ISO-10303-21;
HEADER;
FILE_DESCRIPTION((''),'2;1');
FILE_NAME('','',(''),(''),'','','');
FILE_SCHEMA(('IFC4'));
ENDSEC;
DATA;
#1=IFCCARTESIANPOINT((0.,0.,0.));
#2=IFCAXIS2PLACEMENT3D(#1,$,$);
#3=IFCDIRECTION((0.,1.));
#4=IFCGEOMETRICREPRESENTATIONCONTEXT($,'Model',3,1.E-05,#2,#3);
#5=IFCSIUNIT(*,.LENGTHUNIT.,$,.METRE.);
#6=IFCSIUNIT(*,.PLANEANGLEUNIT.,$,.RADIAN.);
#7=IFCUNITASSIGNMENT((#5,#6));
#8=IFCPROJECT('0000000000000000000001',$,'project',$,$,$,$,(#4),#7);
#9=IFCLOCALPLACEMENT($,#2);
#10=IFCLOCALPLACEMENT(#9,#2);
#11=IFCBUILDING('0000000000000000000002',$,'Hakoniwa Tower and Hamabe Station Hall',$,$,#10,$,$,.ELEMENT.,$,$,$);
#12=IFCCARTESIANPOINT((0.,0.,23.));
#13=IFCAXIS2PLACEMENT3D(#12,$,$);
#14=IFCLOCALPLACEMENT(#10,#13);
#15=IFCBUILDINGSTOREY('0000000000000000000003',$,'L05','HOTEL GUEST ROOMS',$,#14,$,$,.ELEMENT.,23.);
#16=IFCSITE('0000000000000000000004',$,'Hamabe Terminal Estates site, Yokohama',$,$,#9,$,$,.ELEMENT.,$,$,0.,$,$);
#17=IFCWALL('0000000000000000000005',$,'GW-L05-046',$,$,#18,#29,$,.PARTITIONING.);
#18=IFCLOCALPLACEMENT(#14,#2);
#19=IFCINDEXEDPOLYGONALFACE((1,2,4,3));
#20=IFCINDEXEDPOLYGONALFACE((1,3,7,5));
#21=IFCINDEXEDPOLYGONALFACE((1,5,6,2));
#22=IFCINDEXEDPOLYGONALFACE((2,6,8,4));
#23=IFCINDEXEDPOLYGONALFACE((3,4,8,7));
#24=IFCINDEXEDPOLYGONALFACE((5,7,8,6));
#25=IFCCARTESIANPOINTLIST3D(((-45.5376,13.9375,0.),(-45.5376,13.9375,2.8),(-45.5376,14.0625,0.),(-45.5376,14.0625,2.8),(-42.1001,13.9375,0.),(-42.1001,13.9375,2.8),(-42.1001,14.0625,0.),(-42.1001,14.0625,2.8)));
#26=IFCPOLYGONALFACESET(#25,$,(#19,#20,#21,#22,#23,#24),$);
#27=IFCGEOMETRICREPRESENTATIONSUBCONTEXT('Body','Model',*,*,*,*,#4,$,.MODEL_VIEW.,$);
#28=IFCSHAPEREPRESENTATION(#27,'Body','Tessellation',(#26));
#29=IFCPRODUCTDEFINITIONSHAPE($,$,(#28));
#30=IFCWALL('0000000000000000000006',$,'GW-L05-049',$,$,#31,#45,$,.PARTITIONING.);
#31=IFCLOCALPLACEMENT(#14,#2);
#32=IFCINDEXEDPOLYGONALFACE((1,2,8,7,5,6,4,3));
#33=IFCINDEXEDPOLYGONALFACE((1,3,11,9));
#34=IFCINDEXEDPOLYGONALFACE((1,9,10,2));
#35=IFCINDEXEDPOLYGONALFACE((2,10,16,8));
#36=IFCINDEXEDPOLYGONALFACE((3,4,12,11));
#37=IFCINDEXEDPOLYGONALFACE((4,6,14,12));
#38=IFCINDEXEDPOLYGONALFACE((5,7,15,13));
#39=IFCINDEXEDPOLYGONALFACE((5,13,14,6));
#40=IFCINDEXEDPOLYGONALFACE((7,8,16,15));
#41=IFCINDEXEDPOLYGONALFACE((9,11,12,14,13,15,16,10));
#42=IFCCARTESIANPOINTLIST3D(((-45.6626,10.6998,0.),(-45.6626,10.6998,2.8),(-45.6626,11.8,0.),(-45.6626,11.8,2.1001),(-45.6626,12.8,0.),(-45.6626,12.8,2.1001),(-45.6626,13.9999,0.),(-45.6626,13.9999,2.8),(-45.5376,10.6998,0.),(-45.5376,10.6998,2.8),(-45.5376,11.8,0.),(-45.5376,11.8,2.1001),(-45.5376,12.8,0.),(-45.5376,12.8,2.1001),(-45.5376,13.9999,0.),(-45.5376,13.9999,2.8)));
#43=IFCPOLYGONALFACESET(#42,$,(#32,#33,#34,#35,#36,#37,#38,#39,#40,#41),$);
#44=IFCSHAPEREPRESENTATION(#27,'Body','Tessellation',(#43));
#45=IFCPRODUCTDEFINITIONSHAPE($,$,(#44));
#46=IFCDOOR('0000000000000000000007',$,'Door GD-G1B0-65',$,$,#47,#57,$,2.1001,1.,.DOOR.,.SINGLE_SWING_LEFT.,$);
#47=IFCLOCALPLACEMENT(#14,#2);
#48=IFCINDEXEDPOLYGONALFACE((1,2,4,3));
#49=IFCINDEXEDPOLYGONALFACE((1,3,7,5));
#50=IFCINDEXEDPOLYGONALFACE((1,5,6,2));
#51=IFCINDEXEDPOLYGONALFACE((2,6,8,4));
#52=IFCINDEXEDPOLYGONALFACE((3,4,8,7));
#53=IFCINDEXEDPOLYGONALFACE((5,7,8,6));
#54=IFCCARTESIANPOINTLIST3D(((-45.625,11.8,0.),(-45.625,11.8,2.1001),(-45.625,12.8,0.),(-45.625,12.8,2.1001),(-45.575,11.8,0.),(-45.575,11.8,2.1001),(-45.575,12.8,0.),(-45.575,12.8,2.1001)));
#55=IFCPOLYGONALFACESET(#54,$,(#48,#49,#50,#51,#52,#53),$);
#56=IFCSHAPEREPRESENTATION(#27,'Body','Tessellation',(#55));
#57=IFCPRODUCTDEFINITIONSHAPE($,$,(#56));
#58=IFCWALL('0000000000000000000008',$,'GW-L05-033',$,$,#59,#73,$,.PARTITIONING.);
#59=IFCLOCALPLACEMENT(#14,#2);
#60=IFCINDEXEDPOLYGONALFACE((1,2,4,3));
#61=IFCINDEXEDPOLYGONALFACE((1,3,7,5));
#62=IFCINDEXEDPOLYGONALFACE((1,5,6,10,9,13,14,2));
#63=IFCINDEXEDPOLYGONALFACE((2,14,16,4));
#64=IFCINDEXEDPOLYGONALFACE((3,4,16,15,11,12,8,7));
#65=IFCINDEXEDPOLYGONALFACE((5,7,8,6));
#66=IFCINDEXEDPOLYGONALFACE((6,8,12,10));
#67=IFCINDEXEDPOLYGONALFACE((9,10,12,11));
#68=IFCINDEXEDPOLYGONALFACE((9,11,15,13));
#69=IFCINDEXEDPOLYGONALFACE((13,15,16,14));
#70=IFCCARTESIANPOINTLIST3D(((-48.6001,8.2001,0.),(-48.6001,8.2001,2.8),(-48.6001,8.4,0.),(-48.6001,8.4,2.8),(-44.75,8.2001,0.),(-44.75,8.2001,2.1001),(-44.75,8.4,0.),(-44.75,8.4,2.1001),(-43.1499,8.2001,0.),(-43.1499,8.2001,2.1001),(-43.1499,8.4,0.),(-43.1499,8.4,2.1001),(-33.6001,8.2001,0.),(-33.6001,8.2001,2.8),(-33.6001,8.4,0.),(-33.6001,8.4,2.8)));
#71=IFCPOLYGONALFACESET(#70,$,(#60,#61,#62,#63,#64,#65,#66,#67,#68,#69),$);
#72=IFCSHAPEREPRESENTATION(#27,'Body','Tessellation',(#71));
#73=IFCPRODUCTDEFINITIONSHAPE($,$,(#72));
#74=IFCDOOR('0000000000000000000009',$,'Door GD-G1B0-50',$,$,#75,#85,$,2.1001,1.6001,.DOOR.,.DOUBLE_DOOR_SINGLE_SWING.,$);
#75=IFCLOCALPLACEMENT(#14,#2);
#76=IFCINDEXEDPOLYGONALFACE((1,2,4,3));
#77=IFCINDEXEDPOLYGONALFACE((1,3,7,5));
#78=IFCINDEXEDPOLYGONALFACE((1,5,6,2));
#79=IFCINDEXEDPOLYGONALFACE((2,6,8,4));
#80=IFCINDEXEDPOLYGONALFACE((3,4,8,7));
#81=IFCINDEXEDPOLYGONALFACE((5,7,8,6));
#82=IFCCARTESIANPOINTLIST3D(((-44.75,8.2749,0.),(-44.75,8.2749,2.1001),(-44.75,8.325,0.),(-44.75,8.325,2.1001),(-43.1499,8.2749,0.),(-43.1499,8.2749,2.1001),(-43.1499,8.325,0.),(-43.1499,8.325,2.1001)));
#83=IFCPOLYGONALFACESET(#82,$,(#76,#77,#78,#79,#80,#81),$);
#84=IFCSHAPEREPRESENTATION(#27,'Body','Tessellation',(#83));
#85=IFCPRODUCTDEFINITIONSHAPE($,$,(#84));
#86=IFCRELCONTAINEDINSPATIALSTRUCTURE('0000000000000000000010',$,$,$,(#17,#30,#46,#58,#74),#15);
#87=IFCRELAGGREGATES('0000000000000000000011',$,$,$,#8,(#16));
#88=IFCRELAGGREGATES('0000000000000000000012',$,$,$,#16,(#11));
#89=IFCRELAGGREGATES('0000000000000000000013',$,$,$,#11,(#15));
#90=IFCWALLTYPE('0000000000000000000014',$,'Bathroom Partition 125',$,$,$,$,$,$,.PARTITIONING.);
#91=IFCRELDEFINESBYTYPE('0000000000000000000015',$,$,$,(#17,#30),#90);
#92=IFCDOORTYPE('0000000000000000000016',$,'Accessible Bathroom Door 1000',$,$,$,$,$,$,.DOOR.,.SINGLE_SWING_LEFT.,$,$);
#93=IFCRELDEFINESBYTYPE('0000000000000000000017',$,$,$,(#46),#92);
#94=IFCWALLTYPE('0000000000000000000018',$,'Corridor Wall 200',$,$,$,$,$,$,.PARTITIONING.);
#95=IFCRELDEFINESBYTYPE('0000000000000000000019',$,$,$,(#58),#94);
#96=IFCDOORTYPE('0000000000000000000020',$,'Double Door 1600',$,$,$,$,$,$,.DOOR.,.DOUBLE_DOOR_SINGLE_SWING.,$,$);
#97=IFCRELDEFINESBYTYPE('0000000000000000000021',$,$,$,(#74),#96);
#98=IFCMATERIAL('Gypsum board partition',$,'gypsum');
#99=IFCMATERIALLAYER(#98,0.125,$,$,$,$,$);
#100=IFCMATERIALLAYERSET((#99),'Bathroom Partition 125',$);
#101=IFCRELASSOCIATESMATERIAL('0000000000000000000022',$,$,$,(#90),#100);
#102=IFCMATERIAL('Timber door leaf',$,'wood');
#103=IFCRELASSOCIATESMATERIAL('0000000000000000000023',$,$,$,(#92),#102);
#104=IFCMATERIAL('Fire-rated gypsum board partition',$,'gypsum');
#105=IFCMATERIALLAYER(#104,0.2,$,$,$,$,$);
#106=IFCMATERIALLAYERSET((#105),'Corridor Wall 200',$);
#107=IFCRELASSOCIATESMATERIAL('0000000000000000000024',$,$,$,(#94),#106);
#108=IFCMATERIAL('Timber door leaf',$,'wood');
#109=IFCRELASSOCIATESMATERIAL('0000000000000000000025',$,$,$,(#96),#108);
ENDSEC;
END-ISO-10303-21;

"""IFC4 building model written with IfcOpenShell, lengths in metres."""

from ifc_helpers import new_model, si_unit, direction, frame, frame_2d, origin, place, context, subcontext, project, spatial, rectangle, extrude, material, layer, layer_set, type_object, element, fill, save


model = new_model("IFC4")

# Units and contexts
model_context = context("Model", 3, precision=1e-05, world=origin(), true_north=direction((0.0, 1.0)))
body_context = subcontext(model_context, "Body", "Model", "MODEL_VIEW")
ifc_project = project(units=[si_unit("LENGTHUNIT", "METRE"), si_unit("PLANEANGLEUNIT", "RADIAN")], contexts=[model_context])

# Site, building, storey
site_placement = place(None, origin())
site = spatial("IfcSite", under=ifc_project, at=site_placement, Name="Hamabe Terminal Estates site, Yokohama", CompositionType="ELEMENT", RefElevation=0.0)
building_placement = place(site_placement, origin())
building = spatial("IfcBuilding", under=site, at=building_placement, Name="Hakoniwa Tower and Hamabe Station Hall", CompositionType="ELEMENT")
storey_placement = place(building_placement, frame((0.0, 0.0, 23.0)))
storey = spatial("IfcBuildingStorey", under=building, at=storey_placement, Name="L05", Description="HOTEL GUEST ROOMS", CompositionType="ELEMENT", Elevation=23.0)

# Wall
ifc_material_1 = material(Name="Gypsum board partition", Category="gypsum")
ifc_layer_1 = layer(ifc_material_1, 0.125)
ifc_layer_set_1 = layer_set([ifc_layer_1], Name="Bathroom Partition 125")
wall_type_1 = type_object("IfcWallType", Name="Bathroom Partition 125", PredefinedType="PARTITIONING", material=ifc_layer_set_1)
wall_1_placement = place(storey_placement, frame((-45.5376, 14.0, 0.0), z_axis=(0.0, 0.0, 1.0), x_axis=(1.0, 0.0, 0.0)))
element("IfcWall", 1, at=wall_1_placement, inside=storey, type_object=wall_type_1, Name="GW-L05-046", PredefinedType="PARTITIONING", context=body_context, shape_type="SweptSolid", body=[
    extrude(rectangle(XDim=3.4375, YDim=0.125, at=frame_2d((1.7188, 0.0))), origin(), (0.0, 0.0, 1.0), 2.8),
])

# Walls, openings, doors
wall_2_placement = place(storey_placement, frame((-45.6001, 10.7, 0.0), z_axis=(0.0, 0.0, 1.0), x_axis=(0.0, 1.0, 0.0)))
wall_2 = element("IfcWall", 2, at=wall_2_placement, inside=storey, type_object=wall_type_1, Name="GW-L05-049", PredefinedType="PARTITIONING", context=body_context, shape_type="SweptSolid", body=[
    extrude(rectangle(XDim=3.3, YDim=0.125, at=frame_2d((1.6499, 0.0))), origin(), (0.0, 0.0, 1.0), 2.8),
])
opening_1_placement = place(wall_2_placement, frame((1.1001, 0.0, 0.0)))
opening_1 = element("IfcOpeningElement", 3, at=opening_1_placement, cuts=wall_2, PredefinedType="OPENING", context=body_context, shape_type="SweptSolid", body=[
    extrude(rectangle(XDim=1.0, YDim=2.1001, at=frame_2d((0.5, 1.05))), frame((0.0, 0.0725, 0.0), z_axis=(0.0, -1.0, 0.0), x_axis=(1.0, 0.0, 0.0)), (0.0, 0.0, 1.0), 0.145),
])
ifc_material_2 = material(Name="Timber door leaf", Category="wood")
door_type_1 = type_object("IfcDoorType", Name="Accessible Bathroom Door 1000", OperationType="SINGLE_SWING_LEFT", PredefinedType="DOOR", material=ifc_material_2)
door_1_placement = place(opening_1_placement, origin())
door_1 = element("IfcDoor", 4, at=door_1_placement, inside=storey, type_object=door_type_1, Name="Door GD-G1B0-65", OperationType="SINGLE_SWING_LEFT", OverallHeight=2.1001, OverallWidth=1.0, PredefinedType="DOOR", context=body_context, shape_type="SweptSolid", body=[
    extrude(rectangle(XDim=1.0, YDim=2.1001, at=frame_2d((0.5, 1.05))), frame((0.0, 0.0249, 0.0), z_axis=(0.0, -1.0, 0.0), x_axis=(1.0, 0.0, 0.0)), (0.0, 0.0, 1.0), 0.05),
])
fill(opening_1, door_1)
ifc_material_3 = material(Name="Fire-rated gypsum board partition", Category="gypsum")
ifc_layer_2 = layer(ifc_material_3, 0.2)
ifc_layer_set_2 = layer_set([ifc_layer_2], Name="Corridor Wall 200")
wall_type_2 = type_object("IfcWallType", Name="Corridor Wall 200", PredefinedType="PARTITIONING", material=ifc_layer_set_2)
wall_3_placement = place(storey_placement, frame((-48.6001, 8.3, 0.0), z_axis=(0.0, 0.0, 1.0), x_axis=(1.0, 0.0, 0.0)))
wall_3 = element("IfcWall", 5, at=wall_3_placement, inside=storey, type_object=wall_type_2, Name="GW-L05-033", PredefinedType="PARTITIONING", context=body_context, shape_type="SweptSolid", body=[
    extrude(rectangle(XDim=15.0, YDim=0.2, at=frame_2d((7.5, 0.0))), origin(), (0.0, 0.0, 1.0), 2.8),
])
opening_2_placement = place(wall_3_placement, frame((3.8501, 0.0, 0.0)))
opening_2 = element("IfcOpeningElement", 6, at=opening_2_placement, cuts=wall_3, PredefinedType="OPENING", context=body_context, shape_type="SweptSolid", body=[
    extrude(rectangle(XDim=1.6001, YDim=2.1001, at=frame_2d((0.8, 1.05))), frame((0.0, 0.1099, 0.0), z_axis=(0.0, -1.0, 0.0), x_axis=(1.0, 0.0, 0.0)), (0.0, 0.0, 1.0), 0.22),
])
ifc_material_4 = material(Name="Timber door leaf", Category="wood")
door_type_2 = type_object("IfcDoorType", Name="Double Door 1600", OperationType="DOUBLE_DOOR_SINGLE_SWING", PredefinedType="DOOR", material=ifc_material_4)
door_2_placement = place(opening_2_placement, origin())
door_2 = element("IfcDoor", 7, at=door_2_placement, inside=storey, type_object=door_type_2, Name="Door GD-G1B0-50", OperationType="DOUBLE_DOOR_SINGLE_SWING", OverallHeight=2.1001, OverallWidth=1.6001, PredefinedType="DOOR", context=body_context, shape_type="SweptSolid", body=[
    extrude(rectangle(XDim=1.6001, YDim=2.1001, at=frame_2d((0.8, 1.05))), frame((0.0, 0.0249, 0.0), z_axis=(0.0, -1.0, 0.0), x_axis=(1.0, 0.0, 0.0)), (0.0, 0.0, 1.0), 0.05),
])
fill(opening_2, door_2)

save(model, "model.ifc")
